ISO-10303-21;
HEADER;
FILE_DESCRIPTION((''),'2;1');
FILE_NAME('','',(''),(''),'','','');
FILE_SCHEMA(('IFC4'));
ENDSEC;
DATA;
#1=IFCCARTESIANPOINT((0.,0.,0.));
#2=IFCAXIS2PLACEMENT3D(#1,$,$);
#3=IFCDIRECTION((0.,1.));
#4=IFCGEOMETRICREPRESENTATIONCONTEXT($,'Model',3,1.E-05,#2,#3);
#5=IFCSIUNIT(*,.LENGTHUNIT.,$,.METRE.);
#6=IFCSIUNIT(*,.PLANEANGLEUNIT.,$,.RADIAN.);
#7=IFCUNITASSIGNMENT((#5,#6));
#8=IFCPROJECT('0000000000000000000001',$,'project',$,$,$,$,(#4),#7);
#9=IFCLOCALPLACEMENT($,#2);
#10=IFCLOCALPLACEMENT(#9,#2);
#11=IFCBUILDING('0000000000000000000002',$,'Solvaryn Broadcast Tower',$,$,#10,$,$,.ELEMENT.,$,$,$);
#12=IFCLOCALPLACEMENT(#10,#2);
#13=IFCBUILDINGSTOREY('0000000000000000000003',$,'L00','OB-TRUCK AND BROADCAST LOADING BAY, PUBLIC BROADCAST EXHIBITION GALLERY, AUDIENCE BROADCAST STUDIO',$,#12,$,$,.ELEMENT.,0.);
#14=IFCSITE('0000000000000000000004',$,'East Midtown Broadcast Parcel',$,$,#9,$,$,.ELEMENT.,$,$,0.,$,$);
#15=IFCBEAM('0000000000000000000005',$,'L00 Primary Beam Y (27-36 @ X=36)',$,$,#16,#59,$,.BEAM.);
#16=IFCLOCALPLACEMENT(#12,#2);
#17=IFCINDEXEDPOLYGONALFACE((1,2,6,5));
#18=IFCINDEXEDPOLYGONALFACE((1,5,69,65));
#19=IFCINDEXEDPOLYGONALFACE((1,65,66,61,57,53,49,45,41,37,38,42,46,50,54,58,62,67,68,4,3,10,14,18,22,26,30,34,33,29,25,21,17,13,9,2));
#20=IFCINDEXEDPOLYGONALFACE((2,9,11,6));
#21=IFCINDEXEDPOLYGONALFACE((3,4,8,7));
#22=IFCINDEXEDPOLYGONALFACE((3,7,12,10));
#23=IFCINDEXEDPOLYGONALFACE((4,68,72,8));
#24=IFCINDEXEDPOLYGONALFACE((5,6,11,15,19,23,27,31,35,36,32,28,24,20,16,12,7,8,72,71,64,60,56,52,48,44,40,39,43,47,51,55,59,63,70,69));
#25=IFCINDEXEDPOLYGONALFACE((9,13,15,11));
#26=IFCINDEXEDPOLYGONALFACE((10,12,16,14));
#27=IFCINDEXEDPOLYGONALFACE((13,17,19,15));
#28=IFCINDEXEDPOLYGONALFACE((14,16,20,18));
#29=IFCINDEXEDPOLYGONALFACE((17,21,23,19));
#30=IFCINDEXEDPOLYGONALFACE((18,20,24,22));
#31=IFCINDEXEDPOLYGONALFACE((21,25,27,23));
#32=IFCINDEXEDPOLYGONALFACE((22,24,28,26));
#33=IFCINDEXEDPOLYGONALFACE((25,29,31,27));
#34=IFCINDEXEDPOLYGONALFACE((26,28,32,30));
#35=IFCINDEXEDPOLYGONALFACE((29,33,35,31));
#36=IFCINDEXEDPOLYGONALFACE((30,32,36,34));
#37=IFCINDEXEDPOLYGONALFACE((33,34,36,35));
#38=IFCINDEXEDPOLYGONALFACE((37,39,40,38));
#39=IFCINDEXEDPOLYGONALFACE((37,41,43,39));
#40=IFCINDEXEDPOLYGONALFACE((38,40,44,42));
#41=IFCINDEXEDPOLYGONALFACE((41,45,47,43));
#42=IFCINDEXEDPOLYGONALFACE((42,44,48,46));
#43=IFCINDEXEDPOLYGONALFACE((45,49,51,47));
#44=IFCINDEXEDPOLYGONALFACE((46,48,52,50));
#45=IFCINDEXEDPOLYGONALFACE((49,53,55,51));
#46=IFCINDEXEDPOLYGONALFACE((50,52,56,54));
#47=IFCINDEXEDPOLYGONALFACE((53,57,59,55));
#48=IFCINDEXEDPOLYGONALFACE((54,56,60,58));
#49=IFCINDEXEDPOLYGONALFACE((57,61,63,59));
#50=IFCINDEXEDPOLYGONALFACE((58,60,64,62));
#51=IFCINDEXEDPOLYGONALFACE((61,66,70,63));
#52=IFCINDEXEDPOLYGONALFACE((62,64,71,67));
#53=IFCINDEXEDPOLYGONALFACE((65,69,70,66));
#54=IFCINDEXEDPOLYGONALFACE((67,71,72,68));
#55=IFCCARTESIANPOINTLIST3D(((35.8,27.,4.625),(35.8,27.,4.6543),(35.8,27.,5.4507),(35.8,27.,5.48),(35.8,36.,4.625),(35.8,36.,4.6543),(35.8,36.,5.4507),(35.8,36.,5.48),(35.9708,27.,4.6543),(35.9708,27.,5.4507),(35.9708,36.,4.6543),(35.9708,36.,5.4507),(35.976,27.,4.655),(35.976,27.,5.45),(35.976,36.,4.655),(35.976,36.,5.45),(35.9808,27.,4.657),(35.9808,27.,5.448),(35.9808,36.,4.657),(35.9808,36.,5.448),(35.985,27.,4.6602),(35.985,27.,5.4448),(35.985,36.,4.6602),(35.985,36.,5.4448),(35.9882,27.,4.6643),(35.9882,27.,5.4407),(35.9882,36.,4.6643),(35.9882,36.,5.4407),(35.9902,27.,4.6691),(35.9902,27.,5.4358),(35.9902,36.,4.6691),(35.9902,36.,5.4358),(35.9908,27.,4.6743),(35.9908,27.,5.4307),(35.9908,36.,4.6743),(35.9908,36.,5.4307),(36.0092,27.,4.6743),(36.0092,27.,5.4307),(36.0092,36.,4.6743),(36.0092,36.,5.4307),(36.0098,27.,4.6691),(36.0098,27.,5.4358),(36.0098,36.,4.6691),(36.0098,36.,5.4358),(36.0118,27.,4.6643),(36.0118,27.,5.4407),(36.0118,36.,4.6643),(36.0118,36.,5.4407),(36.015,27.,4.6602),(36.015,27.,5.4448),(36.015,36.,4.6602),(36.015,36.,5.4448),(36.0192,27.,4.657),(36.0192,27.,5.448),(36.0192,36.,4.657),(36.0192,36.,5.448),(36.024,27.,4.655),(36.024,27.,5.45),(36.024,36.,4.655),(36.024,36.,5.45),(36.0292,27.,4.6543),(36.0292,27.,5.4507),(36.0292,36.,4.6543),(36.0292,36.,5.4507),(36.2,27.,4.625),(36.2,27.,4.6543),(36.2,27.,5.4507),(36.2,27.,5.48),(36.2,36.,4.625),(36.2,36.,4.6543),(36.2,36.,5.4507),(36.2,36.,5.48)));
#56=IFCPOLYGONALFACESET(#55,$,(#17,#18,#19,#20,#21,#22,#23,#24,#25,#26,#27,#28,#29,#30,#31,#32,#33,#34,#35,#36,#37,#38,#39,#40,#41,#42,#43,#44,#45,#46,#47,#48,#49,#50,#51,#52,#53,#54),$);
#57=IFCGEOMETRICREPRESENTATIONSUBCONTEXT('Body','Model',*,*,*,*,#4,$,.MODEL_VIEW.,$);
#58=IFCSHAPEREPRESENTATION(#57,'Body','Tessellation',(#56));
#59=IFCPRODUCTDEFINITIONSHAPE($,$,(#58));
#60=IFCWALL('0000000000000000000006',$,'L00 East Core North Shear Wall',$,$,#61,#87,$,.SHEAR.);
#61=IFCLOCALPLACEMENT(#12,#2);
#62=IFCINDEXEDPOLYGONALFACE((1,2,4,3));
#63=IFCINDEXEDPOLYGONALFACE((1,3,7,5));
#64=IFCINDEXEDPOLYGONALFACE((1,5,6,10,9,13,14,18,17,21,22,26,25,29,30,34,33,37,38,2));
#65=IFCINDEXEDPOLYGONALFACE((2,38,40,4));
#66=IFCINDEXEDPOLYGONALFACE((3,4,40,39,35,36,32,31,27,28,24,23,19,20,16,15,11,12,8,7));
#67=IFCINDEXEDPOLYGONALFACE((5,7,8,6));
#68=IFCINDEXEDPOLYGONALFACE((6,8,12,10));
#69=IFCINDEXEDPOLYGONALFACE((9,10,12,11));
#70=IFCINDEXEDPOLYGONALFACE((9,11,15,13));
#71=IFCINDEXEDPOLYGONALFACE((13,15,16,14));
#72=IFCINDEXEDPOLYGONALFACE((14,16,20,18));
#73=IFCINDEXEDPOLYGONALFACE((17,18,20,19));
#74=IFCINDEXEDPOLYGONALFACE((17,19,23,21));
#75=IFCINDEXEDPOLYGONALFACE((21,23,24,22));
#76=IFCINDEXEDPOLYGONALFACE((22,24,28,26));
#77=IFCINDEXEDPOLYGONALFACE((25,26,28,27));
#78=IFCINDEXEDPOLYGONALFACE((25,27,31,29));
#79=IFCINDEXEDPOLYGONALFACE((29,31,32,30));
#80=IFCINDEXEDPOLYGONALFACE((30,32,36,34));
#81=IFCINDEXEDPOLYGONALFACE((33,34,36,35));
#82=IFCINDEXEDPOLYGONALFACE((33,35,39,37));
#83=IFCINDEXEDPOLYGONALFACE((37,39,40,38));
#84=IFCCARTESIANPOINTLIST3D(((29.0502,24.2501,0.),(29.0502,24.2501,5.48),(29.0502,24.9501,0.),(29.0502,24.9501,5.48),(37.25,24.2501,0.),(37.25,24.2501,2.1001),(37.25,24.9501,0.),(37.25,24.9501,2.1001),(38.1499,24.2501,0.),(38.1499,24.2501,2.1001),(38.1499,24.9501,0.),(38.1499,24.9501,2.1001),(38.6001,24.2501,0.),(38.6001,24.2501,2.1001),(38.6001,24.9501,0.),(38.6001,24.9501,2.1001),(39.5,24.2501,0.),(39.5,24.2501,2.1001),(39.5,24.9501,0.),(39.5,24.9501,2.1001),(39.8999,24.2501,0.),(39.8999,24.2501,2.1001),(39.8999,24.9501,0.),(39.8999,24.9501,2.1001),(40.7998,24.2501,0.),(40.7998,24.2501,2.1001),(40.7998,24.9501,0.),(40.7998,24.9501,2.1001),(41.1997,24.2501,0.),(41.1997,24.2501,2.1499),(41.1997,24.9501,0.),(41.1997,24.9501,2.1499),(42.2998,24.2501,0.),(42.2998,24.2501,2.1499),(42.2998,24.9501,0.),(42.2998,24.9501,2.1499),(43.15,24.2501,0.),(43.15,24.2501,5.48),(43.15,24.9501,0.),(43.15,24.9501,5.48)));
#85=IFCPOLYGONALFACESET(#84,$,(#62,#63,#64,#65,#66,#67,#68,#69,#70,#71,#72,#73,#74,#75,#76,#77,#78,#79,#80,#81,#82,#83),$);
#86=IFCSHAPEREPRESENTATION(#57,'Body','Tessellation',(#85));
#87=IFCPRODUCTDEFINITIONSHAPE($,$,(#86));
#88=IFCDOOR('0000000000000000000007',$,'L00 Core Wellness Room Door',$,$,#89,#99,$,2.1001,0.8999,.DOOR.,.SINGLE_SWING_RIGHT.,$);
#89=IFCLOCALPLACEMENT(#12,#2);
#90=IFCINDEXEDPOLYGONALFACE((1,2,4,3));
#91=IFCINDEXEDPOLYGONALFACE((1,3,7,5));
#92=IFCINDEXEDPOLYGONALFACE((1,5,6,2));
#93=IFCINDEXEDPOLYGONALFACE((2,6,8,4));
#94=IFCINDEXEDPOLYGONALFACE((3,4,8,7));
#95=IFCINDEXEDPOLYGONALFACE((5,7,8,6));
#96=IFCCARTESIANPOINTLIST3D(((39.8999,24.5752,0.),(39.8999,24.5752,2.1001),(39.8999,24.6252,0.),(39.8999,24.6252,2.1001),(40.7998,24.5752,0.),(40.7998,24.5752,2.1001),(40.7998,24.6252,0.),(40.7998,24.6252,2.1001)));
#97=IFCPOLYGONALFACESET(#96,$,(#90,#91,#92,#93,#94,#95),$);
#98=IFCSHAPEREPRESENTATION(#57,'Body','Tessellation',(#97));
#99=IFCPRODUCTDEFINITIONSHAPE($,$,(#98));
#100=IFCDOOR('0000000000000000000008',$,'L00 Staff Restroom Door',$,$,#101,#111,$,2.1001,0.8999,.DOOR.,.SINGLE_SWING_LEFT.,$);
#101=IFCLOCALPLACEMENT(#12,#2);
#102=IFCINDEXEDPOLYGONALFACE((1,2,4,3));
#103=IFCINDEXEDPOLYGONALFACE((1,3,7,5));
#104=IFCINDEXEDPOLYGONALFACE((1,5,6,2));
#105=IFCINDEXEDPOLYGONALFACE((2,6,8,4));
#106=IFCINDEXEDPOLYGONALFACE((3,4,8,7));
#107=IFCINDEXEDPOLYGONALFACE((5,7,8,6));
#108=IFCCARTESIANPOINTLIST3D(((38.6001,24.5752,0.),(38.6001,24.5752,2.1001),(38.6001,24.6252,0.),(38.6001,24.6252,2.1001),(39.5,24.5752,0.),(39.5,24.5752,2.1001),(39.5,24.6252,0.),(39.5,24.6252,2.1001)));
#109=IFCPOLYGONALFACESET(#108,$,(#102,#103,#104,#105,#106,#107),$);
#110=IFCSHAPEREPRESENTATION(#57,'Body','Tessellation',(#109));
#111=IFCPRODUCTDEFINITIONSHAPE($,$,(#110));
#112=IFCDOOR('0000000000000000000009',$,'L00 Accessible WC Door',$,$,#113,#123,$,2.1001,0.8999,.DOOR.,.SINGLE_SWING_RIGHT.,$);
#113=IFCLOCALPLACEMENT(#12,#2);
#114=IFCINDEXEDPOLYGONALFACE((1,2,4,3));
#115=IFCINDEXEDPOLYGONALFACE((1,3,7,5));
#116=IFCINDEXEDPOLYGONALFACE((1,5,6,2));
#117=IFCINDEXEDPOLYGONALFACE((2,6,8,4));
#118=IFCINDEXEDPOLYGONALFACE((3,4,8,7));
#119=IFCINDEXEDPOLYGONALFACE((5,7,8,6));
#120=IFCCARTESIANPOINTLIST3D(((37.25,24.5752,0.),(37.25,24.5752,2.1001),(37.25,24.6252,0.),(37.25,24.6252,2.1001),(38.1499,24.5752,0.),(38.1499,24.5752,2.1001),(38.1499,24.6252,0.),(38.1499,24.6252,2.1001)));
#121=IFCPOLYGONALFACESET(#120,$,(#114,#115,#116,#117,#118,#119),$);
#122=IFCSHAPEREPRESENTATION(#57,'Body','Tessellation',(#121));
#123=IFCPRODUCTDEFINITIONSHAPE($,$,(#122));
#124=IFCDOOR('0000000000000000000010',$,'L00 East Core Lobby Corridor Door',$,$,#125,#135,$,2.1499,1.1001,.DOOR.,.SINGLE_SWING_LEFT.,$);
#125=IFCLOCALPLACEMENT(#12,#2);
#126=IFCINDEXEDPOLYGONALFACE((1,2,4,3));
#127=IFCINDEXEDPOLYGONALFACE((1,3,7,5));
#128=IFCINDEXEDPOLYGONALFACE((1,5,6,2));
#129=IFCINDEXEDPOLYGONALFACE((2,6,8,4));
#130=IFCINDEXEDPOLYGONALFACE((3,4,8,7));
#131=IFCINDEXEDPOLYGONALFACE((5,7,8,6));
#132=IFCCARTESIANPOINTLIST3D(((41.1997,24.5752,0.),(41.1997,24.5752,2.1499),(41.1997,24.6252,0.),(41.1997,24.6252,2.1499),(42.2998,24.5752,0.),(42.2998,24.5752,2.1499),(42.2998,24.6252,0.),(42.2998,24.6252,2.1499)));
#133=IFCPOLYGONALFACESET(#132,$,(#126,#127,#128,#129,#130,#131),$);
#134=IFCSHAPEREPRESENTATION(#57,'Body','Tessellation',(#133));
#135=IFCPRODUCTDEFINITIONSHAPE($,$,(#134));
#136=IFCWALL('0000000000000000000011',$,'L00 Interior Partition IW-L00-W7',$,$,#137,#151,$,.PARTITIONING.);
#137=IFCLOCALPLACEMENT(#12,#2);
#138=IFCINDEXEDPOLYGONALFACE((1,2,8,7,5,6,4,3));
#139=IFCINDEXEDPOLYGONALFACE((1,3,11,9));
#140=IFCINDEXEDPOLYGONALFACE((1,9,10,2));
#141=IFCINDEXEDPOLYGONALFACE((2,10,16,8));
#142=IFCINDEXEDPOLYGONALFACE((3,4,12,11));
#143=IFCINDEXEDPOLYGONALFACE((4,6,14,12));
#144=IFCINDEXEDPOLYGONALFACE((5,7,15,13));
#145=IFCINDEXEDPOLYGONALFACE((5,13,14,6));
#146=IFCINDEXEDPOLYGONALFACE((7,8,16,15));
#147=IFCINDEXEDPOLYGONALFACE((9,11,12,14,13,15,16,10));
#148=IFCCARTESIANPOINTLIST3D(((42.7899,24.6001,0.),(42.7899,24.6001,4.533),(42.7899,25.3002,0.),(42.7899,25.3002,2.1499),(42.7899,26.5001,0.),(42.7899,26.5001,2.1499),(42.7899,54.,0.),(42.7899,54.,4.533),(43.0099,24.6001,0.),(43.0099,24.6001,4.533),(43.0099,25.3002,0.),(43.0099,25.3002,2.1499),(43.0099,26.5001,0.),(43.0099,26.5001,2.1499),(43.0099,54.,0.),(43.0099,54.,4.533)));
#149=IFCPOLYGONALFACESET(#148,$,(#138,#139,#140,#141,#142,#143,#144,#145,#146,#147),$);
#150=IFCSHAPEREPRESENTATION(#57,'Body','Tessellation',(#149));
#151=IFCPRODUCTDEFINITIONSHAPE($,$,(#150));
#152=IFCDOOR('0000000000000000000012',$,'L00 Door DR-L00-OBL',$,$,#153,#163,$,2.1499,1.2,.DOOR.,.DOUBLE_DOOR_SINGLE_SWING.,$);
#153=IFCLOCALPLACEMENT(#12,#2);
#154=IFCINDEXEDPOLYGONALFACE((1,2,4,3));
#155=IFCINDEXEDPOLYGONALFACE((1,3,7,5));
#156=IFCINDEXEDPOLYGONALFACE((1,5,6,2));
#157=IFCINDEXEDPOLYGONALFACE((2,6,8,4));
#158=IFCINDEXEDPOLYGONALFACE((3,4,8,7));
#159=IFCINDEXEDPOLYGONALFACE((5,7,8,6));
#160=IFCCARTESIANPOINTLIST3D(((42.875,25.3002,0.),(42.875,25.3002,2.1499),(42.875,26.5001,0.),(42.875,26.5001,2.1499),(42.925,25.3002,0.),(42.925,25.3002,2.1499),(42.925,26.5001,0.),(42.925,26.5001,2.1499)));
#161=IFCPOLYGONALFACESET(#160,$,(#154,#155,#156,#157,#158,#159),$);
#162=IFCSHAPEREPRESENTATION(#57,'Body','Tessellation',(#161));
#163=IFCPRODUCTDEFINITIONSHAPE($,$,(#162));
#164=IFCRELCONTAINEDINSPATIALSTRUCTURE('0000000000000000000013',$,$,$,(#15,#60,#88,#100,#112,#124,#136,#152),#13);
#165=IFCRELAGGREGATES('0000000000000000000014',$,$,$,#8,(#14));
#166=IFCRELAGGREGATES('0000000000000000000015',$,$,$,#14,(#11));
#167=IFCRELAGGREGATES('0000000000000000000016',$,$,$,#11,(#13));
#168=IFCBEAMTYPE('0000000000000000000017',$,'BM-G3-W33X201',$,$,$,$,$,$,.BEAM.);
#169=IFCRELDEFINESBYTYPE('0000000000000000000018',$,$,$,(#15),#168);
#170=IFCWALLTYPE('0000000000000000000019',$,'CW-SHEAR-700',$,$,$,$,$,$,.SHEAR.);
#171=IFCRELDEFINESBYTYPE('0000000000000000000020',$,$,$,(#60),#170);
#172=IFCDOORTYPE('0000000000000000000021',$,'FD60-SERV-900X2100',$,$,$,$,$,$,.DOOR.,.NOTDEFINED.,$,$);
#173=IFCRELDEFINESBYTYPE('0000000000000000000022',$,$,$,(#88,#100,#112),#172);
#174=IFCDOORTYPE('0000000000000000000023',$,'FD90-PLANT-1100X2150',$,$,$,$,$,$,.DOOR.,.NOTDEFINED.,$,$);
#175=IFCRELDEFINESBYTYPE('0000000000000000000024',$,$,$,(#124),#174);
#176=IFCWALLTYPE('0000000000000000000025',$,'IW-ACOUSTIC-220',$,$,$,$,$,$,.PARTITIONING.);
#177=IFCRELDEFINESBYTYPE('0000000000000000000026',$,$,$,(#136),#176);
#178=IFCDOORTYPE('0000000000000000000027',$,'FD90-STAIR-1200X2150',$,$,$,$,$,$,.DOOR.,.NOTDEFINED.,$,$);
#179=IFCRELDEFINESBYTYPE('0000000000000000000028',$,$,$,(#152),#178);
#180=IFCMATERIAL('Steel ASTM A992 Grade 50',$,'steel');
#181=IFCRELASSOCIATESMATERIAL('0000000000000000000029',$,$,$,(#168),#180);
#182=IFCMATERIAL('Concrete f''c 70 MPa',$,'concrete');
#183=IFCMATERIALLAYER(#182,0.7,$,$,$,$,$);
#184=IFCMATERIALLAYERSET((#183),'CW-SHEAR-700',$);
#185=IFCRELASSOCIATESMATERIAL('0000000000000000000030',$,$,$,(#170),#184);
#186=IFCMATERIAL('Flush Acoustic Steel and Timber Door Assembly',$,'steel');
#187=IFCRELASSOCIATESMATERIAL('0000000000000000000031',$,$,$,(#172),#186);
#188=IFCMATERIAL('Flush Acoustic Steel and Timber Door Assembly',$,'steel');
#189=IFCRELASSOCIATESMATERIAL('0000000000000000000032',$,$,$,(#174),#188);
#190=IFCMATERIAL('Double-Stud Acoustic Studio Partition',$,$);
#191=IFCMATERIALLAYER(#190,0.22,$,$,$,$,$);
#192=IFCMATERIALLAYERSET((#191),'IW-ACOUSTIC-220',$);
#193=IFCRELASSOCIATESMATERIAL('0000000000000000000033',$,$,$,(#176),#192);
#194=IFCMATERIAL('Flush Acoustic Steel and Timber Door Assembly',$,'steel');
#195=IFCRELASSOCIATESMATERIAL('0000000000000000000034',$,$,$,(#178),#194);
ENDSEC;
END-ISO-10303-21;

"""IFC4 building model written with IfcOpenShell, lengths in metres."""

from ifc_helpers import new_model, si_unit, direction, frame, frame_2d, origin, origin_2d, place, context, subcontext, project, spatial, rectangle, i_section, extrude, material, layer, layer_set, material_profile, profile_set, type_object, element, fill, save


model = new_model("IFC4")

# Units and contexts
model_context = context("Model", 3, precision=1e-05, world=origin(), true_north=direction((0.0, 1.0)))
body_context = subcontext(model_context, "Body", "Model", "MODEL_VIEW")
ifc_project = project(units=[si_unit("LENGTHUNIT", "METRE"), si_unit("PLANEANGLEUNIT", "RADIAN")], contexts=[model_context])

# Site, building, storey
site_placement = place(None, origin())
site = spatial("IfcSite", under=ifc_project, at=site_placement, Name="East Midtown Broadcast Parcel", CompositionType="ELEMENT", RefElevation=0.0)
building_placement = place(site_placement, origin())
building = spatial("IfcBuilding", under=site, at=building_placement, Name="Solvaryn Broadcast Tower", CompositionType="ELEMENT")
storey_placement = place(building_placement, origin())
storey = spatial("IfcBuildingStorey", under=building, at=storey_placement, Name="L00", Description="OB-TRUCK AND BROADCAST LOADING BAY, PUBLIC BROADCAST EXHIBITION GALLERY, AUDIENCE BROADCAST STUDIO", CompositionType="ELEMENT", Elevation=0.0)

# Beam
ifc_material_1 = material(Name="Steel ASTM A992 Grade 50", Category="steel")
ifc_material_profile_1 = material_profile(ifc_material_1, i_section(OverallWidth=0.3999, OverallDepth=0.855, WebThickness=0.0183, FlangeThickness=0.0293, FilletRadius=0.02, at=origin_2d()))
ifc_profile_set_1 = profile_set([ifc_material_profile_1], Name="Steel ASTM A992 Grade 50")
beam_type_1 = type_object("IfcBeamType", Name="BM-G3-W33X201", PredefinedType="BEAM", material=ifc_profile_set_1)
beam_1_placement = place(storey_placement, frame((36.0, 27.0, 5.0525), z_axis=(0.0, 1.0, 0.0), x_axis=(-1.0, 0.0, 0.0)))
element("IfcBeam", 1, at=beam_1_placement, inside=storey, type_object=beam_type_1, Name="L00 Primary Beam Y (27-36 @ X=36)", PredefinedType="BEAM", context=body_context, shape_type="SweptSolid", body=[
    extrude(i_section(OverallWidth=0.3999, OverallDepth=0.855, WebThickness=0.0183, FlangeThickness=0.0293, FilletRadius=0.02, at=origin_2d()), origin(), (0.0, 0.0, 1.0), 9.0),
])

# Wall, openings, doors
ifc_material_2 = material(Name="Concrete f'c 70 MPa", Category="concrete")
ifc_layer_1 = layer(ifc_material_2, 0.7)
ifc_layer_set_1 = layer_set([ifc_layer_1], Name="CW-SHEAR-700")
wall_type_1 = type_object("IfcWallType", Name="CW-SHEAR-700", PredefinedType="SHEAR", material=ifc_layer_set_1)
wall_1_placement = place(storey_placement, frame((43.1499, 24.6001, 0.0), z_axis=(0.0, 0.0, 1.0), x_axis=(-1.0, 0.0, 0.0)))
wall_1 = element("IfcWall", 2, at=wall_1_placement, inside=storey, type_object=wall_type_1, Name="L00 East Core North Shear Wall", PredefinedType="SHEAR", context=body_context, shape_type="SweptSolid", body=[
    extrude(rectangle(XDim=14.0999, YDim=0.7, at=frame_2d((7.0498, 0.0))), origin(), (0.0, 0.0, 1.0), 5.48),
])
opening_1_placement = place(wall_1_placement, frame((0.8501, 0.0, 0.0)))
opening_1 = element("IfcOpeningElement", 3, at=opening_1_placement, cuts=wall_1, PredefinedType="OPENING", context=body_context, shape_type="SweptSolid", body=[
    extrude(rectangle(XDim=1.1001, YDim=2.1499, at=frame_2d((0.55, 1.075))), frame((0.0, 0.3601, 0.0), z_axis=(0.0, -1.0, 0.0), x_axis=(1.0, 0.0, 0.0)), (0.0, 0.0, 1.0), 0.72),
])
opening_2_placement = place(wall_1_placement, frame((2.3501, 0.0, 0.0)))
opening_2 = element("IfcOpeningElement", 4, at=opening_2_placement, cuts=wall_1, PredefinedType="OPENING", context=body_context, shape_type="SweptSolid", body=[
    extrude(rectangle(XDim=0.8999, YDim=2.1001, at=frame_2d((0.45, 1.05))), frame((0.0, 0.3601, 0.0), z_axis=(0.0, -1.0, 0.0), x_axis=(1.0, 0.0, 0.0)), (0.0, 0.0, 1.0), 0.72),
])
opening_3_placement = place(wall_1_placement, frame((3.6499, 0.0, 0.0)))
opening_3 = element("IfcOpeningElement", 5, at=opening_3_placement, cuts=wall_1, PredefinedType="OPENING", context=body_context, shape_type="SweptSolid", body=[
    extrude(rectangle(XDim=0.8999, YDim=2.1001, at=frame_2d((0.45, 1.05))), frame((0.0, 0.3601, 0.0), z_axis=(0.0, -1.0, 0.0), x_axis=(1.0, 0.0, 0.0)), (0.0, 0.0, 1.0), 0.72),
])
opening_4_placement = place(wall_1_placement, frame((5.0, 0.0, 0.0)))
opening_4 = element("IfcOpeningElement", 6, at=opening_4_placement, cuts=wall_1, PredefinedType="OPENING", context=body_context, shape_type="SweptSolid", body=[
    extrude(rectangle(XDim=0.8999, YDim=2.1001, at=frame_2d((0.45, 1.05))), frame((0.0, 0.3601, 0.0), z_axis=(0.0, -1.0, 0.0), x_axis=(1.0, 0.0, 0.0)), (0.0, 0.0, 1.0), 0.72),
])
ifc_material_3 = material(Name="Flush Acoustic Steel and Timber Door Assembly", Category="steel")
door_type_1 = type_object("IfcDoorType", Name="FD60-SERV-900X2100", OperationType="NOTDEFINED", PredefinedType="DOOR", material=ifc_material_3)
door_1_placement = place(opening_2_placement, origin())
door_1 = element("IfcDoor", 7, at=door_1_placement, inside=storey, type_object=door_type_1, Name="L00 Core Wellness Room Door", OperationType="SINGLE_SWING_RIGHT", OverallHeight=2.1001, OverallWidth=0.8999, PredefinedType="DOOR", context=body_context, shape_type="SweptSolid", body=[
    extrude(rectangle(XDim=0.8999, YDim=2.1001, at=frame_2d((0.45, 1.05))), frame((0.0, 0.0249, 0.0), z_axis=(0.0, -1.0, 0.0), x_axis=(1.0, 0.0, 0.0)), (0.0, 0.0, 1.0), 0.05),
])
fill(opening_2, door_1)
door_2_placement = place(opening_3_placement, origin())
door_2 = element("IfcDoor", 8, at=door_2_placement, inside=storey, type_object=door_type_1, Name="L00 Staff Restroom Door", OperationType="SINGLE_SWING_LEFT", OverallHeight=2.1001, OverallWidth=0.8999, PredefinedType="DOOR", context=body_context, shape_type="SweptSolid", body=[
    extrude(rectangle(XDim=0.8999, YDim=2.1001, at=frame_2d((0.45, 1.05))), frame((0.0, 0.0249, 0.0), z_axis=(0.0, -1.0, 0.0), x_axis=(1.0, 0.0, 0.0)), (0.0, 0.0, 1.0), 0.05),
])
fill(opening_3, door_2)
door_3_placement = place(opening_4_placement, origin())
door_3 = element("IfcDoor", 9, at=door_3_placement, inside=storey, type_object=door_type_1, Name="L00 Accessible WC Door", OperationType="SINGLE_SWING_RIGHT", OverallHeight=2.1001, OverallWidth=0.8999, PredefinedType="DOOR", context=body_context, shape_type="SweptSolid", body=[
    extrude(rectangle(XDim=0.8999, YDim=2.1001, at=frame_2d((0.45, 1.05))), frame((0.0, 0.0249, 0.0), z_axis=(0.0, -1.0, 0.0), x_axis=(1.0, 0.0, 0.0)), (0.0, 0.0, 1.0), 0.05),
])
fill(opening_4, door_3)
ifc_material_4 = material(Name="Flush Acoustic Steel and Timber Door Assembly", Category="steel")
door_type_2 = type_object("IfcDoorType", Name="FD90-PLANT-1100X2150", OperationType="NOTDEFINED", PredefinedType="DOOR", material=ifc_material_4)
door_4_placement = place(opening_1_placement, origin())
door_4 = element("IfcDoor", 10, at=door_4_placement, inside=storey, type_object=door_type_2, Name="L00 East Core Lobby Corridor Door", OperationType="SINGLE_SWING_LEFT", OverallHeight=2.1499, OverallWidth=1.1001, PredefinedType="DOOR", context=body_context, shape_type="SweptSolid", body=[
    extrude(rectangle(XDim=1.1001, YDim=2.1499, at=frame_2d((0.55, 1.075))), frame((0.0, 0.0249, 0.0), z_axis=(0.0, -1.0, 0.0), x_axis=(1.0, 0.0, 0.0)), (0.0, 0.0, 1.0), 0.05),
])
fill(opening_1, door_4)

# Wall, opening, door
ifc_material_5 = material(Name="Double-Stud Acoustic Studio Partition")
ifc_layer_2 = layer(ifc_material_5, 0.22)
ifc_layer_set_2 = layer_set([ifc_layer_2], Name="IW-ACOUSTIC-220")
wall_type_2 = type_object("IfcWallType", Name="IW-ACOUSTIC-220", PredefinedType="PARTITIONING", material=ifc_layer_set_2)
wall_2_placement = place(storey_placement, frame((42.8999, 24.6001, 0.0), z_axis=(0.0, 0.0, 1.0), x_axis=(0.0, 1.0, 0.0)))
wall_2 = element("IfcWall", 11, at=wall_2_placement, inside=storey, type_object=wall_type_2, Name="L00 Interior Partition IW-L00-W7", PredefinedType="PARTITIONING", context=body_context, shape_type="SweptSolid", body=[
    extrude(rectangle(XDim=29.3999, YDim=0.22, at=frame_2d((14.7, 0.0))), origin(), (0.0, 0.0, 1.0), 4.533),
])
opening_5_placement = place(wall_2_placement, frame((0.7, 0.0, 0.0)))
opening_5 = element("IfcOpeningElement", 12, at=opening_5_placement, cuts=wall_2, PredefinedType="OPENING", context=body_context, shape_type="SweptSolid", body=[
    extrude(rectangle(XDim=1.2, YDim=2.1499, at=frame_2d((0.6001, 1.075))), frame((0.0, 0.1199, 0.0), z_axis=(0.0, -1.0, 0.0), x_axis=(1.0, 0.0, 0.0)), (0.0, 0.0, 1.0), 0.24),
])
ifc_material_6 = material(Name="Flush Acoustic Steel and Timber Door Assembly", Category="steel")
door_type_3 = type_object("IfcDoorType", Name="FD90-STAIR-1200X2150", OperationType="NOTDEFINED", PredefinedType="DOOR", material=ifc_material_6)
door_5_placement = place(opening_5_placement, origin())
door_5 = element("IfcDoor", 13, at=door_5_placement, inside=storey, type_object=door_type_3, Name="L00 Door DR-L00-OBL", OperationType="DOUBLE_DOOR_SINGLE_SWING", OverallHeight=2.1499, OverallWidth=1.2, PredefinedType="DOOR", context=body_context, shape_type="SweptSolid", body=[
    extrude(rectangle(XDim=1.2, YDim=2.1499, at=frame_2d((0.6001, 1.075))), frame((0.0, 0.0249, 0.0), z_axis=(0.0, -1.0, 0.0), x_axis=(1.0, 0.0, 0.0)), (0.0, 0.0, 1.0), 0.05),
])
fill(opening_5, door_5)

save(model, "model.ifc")
